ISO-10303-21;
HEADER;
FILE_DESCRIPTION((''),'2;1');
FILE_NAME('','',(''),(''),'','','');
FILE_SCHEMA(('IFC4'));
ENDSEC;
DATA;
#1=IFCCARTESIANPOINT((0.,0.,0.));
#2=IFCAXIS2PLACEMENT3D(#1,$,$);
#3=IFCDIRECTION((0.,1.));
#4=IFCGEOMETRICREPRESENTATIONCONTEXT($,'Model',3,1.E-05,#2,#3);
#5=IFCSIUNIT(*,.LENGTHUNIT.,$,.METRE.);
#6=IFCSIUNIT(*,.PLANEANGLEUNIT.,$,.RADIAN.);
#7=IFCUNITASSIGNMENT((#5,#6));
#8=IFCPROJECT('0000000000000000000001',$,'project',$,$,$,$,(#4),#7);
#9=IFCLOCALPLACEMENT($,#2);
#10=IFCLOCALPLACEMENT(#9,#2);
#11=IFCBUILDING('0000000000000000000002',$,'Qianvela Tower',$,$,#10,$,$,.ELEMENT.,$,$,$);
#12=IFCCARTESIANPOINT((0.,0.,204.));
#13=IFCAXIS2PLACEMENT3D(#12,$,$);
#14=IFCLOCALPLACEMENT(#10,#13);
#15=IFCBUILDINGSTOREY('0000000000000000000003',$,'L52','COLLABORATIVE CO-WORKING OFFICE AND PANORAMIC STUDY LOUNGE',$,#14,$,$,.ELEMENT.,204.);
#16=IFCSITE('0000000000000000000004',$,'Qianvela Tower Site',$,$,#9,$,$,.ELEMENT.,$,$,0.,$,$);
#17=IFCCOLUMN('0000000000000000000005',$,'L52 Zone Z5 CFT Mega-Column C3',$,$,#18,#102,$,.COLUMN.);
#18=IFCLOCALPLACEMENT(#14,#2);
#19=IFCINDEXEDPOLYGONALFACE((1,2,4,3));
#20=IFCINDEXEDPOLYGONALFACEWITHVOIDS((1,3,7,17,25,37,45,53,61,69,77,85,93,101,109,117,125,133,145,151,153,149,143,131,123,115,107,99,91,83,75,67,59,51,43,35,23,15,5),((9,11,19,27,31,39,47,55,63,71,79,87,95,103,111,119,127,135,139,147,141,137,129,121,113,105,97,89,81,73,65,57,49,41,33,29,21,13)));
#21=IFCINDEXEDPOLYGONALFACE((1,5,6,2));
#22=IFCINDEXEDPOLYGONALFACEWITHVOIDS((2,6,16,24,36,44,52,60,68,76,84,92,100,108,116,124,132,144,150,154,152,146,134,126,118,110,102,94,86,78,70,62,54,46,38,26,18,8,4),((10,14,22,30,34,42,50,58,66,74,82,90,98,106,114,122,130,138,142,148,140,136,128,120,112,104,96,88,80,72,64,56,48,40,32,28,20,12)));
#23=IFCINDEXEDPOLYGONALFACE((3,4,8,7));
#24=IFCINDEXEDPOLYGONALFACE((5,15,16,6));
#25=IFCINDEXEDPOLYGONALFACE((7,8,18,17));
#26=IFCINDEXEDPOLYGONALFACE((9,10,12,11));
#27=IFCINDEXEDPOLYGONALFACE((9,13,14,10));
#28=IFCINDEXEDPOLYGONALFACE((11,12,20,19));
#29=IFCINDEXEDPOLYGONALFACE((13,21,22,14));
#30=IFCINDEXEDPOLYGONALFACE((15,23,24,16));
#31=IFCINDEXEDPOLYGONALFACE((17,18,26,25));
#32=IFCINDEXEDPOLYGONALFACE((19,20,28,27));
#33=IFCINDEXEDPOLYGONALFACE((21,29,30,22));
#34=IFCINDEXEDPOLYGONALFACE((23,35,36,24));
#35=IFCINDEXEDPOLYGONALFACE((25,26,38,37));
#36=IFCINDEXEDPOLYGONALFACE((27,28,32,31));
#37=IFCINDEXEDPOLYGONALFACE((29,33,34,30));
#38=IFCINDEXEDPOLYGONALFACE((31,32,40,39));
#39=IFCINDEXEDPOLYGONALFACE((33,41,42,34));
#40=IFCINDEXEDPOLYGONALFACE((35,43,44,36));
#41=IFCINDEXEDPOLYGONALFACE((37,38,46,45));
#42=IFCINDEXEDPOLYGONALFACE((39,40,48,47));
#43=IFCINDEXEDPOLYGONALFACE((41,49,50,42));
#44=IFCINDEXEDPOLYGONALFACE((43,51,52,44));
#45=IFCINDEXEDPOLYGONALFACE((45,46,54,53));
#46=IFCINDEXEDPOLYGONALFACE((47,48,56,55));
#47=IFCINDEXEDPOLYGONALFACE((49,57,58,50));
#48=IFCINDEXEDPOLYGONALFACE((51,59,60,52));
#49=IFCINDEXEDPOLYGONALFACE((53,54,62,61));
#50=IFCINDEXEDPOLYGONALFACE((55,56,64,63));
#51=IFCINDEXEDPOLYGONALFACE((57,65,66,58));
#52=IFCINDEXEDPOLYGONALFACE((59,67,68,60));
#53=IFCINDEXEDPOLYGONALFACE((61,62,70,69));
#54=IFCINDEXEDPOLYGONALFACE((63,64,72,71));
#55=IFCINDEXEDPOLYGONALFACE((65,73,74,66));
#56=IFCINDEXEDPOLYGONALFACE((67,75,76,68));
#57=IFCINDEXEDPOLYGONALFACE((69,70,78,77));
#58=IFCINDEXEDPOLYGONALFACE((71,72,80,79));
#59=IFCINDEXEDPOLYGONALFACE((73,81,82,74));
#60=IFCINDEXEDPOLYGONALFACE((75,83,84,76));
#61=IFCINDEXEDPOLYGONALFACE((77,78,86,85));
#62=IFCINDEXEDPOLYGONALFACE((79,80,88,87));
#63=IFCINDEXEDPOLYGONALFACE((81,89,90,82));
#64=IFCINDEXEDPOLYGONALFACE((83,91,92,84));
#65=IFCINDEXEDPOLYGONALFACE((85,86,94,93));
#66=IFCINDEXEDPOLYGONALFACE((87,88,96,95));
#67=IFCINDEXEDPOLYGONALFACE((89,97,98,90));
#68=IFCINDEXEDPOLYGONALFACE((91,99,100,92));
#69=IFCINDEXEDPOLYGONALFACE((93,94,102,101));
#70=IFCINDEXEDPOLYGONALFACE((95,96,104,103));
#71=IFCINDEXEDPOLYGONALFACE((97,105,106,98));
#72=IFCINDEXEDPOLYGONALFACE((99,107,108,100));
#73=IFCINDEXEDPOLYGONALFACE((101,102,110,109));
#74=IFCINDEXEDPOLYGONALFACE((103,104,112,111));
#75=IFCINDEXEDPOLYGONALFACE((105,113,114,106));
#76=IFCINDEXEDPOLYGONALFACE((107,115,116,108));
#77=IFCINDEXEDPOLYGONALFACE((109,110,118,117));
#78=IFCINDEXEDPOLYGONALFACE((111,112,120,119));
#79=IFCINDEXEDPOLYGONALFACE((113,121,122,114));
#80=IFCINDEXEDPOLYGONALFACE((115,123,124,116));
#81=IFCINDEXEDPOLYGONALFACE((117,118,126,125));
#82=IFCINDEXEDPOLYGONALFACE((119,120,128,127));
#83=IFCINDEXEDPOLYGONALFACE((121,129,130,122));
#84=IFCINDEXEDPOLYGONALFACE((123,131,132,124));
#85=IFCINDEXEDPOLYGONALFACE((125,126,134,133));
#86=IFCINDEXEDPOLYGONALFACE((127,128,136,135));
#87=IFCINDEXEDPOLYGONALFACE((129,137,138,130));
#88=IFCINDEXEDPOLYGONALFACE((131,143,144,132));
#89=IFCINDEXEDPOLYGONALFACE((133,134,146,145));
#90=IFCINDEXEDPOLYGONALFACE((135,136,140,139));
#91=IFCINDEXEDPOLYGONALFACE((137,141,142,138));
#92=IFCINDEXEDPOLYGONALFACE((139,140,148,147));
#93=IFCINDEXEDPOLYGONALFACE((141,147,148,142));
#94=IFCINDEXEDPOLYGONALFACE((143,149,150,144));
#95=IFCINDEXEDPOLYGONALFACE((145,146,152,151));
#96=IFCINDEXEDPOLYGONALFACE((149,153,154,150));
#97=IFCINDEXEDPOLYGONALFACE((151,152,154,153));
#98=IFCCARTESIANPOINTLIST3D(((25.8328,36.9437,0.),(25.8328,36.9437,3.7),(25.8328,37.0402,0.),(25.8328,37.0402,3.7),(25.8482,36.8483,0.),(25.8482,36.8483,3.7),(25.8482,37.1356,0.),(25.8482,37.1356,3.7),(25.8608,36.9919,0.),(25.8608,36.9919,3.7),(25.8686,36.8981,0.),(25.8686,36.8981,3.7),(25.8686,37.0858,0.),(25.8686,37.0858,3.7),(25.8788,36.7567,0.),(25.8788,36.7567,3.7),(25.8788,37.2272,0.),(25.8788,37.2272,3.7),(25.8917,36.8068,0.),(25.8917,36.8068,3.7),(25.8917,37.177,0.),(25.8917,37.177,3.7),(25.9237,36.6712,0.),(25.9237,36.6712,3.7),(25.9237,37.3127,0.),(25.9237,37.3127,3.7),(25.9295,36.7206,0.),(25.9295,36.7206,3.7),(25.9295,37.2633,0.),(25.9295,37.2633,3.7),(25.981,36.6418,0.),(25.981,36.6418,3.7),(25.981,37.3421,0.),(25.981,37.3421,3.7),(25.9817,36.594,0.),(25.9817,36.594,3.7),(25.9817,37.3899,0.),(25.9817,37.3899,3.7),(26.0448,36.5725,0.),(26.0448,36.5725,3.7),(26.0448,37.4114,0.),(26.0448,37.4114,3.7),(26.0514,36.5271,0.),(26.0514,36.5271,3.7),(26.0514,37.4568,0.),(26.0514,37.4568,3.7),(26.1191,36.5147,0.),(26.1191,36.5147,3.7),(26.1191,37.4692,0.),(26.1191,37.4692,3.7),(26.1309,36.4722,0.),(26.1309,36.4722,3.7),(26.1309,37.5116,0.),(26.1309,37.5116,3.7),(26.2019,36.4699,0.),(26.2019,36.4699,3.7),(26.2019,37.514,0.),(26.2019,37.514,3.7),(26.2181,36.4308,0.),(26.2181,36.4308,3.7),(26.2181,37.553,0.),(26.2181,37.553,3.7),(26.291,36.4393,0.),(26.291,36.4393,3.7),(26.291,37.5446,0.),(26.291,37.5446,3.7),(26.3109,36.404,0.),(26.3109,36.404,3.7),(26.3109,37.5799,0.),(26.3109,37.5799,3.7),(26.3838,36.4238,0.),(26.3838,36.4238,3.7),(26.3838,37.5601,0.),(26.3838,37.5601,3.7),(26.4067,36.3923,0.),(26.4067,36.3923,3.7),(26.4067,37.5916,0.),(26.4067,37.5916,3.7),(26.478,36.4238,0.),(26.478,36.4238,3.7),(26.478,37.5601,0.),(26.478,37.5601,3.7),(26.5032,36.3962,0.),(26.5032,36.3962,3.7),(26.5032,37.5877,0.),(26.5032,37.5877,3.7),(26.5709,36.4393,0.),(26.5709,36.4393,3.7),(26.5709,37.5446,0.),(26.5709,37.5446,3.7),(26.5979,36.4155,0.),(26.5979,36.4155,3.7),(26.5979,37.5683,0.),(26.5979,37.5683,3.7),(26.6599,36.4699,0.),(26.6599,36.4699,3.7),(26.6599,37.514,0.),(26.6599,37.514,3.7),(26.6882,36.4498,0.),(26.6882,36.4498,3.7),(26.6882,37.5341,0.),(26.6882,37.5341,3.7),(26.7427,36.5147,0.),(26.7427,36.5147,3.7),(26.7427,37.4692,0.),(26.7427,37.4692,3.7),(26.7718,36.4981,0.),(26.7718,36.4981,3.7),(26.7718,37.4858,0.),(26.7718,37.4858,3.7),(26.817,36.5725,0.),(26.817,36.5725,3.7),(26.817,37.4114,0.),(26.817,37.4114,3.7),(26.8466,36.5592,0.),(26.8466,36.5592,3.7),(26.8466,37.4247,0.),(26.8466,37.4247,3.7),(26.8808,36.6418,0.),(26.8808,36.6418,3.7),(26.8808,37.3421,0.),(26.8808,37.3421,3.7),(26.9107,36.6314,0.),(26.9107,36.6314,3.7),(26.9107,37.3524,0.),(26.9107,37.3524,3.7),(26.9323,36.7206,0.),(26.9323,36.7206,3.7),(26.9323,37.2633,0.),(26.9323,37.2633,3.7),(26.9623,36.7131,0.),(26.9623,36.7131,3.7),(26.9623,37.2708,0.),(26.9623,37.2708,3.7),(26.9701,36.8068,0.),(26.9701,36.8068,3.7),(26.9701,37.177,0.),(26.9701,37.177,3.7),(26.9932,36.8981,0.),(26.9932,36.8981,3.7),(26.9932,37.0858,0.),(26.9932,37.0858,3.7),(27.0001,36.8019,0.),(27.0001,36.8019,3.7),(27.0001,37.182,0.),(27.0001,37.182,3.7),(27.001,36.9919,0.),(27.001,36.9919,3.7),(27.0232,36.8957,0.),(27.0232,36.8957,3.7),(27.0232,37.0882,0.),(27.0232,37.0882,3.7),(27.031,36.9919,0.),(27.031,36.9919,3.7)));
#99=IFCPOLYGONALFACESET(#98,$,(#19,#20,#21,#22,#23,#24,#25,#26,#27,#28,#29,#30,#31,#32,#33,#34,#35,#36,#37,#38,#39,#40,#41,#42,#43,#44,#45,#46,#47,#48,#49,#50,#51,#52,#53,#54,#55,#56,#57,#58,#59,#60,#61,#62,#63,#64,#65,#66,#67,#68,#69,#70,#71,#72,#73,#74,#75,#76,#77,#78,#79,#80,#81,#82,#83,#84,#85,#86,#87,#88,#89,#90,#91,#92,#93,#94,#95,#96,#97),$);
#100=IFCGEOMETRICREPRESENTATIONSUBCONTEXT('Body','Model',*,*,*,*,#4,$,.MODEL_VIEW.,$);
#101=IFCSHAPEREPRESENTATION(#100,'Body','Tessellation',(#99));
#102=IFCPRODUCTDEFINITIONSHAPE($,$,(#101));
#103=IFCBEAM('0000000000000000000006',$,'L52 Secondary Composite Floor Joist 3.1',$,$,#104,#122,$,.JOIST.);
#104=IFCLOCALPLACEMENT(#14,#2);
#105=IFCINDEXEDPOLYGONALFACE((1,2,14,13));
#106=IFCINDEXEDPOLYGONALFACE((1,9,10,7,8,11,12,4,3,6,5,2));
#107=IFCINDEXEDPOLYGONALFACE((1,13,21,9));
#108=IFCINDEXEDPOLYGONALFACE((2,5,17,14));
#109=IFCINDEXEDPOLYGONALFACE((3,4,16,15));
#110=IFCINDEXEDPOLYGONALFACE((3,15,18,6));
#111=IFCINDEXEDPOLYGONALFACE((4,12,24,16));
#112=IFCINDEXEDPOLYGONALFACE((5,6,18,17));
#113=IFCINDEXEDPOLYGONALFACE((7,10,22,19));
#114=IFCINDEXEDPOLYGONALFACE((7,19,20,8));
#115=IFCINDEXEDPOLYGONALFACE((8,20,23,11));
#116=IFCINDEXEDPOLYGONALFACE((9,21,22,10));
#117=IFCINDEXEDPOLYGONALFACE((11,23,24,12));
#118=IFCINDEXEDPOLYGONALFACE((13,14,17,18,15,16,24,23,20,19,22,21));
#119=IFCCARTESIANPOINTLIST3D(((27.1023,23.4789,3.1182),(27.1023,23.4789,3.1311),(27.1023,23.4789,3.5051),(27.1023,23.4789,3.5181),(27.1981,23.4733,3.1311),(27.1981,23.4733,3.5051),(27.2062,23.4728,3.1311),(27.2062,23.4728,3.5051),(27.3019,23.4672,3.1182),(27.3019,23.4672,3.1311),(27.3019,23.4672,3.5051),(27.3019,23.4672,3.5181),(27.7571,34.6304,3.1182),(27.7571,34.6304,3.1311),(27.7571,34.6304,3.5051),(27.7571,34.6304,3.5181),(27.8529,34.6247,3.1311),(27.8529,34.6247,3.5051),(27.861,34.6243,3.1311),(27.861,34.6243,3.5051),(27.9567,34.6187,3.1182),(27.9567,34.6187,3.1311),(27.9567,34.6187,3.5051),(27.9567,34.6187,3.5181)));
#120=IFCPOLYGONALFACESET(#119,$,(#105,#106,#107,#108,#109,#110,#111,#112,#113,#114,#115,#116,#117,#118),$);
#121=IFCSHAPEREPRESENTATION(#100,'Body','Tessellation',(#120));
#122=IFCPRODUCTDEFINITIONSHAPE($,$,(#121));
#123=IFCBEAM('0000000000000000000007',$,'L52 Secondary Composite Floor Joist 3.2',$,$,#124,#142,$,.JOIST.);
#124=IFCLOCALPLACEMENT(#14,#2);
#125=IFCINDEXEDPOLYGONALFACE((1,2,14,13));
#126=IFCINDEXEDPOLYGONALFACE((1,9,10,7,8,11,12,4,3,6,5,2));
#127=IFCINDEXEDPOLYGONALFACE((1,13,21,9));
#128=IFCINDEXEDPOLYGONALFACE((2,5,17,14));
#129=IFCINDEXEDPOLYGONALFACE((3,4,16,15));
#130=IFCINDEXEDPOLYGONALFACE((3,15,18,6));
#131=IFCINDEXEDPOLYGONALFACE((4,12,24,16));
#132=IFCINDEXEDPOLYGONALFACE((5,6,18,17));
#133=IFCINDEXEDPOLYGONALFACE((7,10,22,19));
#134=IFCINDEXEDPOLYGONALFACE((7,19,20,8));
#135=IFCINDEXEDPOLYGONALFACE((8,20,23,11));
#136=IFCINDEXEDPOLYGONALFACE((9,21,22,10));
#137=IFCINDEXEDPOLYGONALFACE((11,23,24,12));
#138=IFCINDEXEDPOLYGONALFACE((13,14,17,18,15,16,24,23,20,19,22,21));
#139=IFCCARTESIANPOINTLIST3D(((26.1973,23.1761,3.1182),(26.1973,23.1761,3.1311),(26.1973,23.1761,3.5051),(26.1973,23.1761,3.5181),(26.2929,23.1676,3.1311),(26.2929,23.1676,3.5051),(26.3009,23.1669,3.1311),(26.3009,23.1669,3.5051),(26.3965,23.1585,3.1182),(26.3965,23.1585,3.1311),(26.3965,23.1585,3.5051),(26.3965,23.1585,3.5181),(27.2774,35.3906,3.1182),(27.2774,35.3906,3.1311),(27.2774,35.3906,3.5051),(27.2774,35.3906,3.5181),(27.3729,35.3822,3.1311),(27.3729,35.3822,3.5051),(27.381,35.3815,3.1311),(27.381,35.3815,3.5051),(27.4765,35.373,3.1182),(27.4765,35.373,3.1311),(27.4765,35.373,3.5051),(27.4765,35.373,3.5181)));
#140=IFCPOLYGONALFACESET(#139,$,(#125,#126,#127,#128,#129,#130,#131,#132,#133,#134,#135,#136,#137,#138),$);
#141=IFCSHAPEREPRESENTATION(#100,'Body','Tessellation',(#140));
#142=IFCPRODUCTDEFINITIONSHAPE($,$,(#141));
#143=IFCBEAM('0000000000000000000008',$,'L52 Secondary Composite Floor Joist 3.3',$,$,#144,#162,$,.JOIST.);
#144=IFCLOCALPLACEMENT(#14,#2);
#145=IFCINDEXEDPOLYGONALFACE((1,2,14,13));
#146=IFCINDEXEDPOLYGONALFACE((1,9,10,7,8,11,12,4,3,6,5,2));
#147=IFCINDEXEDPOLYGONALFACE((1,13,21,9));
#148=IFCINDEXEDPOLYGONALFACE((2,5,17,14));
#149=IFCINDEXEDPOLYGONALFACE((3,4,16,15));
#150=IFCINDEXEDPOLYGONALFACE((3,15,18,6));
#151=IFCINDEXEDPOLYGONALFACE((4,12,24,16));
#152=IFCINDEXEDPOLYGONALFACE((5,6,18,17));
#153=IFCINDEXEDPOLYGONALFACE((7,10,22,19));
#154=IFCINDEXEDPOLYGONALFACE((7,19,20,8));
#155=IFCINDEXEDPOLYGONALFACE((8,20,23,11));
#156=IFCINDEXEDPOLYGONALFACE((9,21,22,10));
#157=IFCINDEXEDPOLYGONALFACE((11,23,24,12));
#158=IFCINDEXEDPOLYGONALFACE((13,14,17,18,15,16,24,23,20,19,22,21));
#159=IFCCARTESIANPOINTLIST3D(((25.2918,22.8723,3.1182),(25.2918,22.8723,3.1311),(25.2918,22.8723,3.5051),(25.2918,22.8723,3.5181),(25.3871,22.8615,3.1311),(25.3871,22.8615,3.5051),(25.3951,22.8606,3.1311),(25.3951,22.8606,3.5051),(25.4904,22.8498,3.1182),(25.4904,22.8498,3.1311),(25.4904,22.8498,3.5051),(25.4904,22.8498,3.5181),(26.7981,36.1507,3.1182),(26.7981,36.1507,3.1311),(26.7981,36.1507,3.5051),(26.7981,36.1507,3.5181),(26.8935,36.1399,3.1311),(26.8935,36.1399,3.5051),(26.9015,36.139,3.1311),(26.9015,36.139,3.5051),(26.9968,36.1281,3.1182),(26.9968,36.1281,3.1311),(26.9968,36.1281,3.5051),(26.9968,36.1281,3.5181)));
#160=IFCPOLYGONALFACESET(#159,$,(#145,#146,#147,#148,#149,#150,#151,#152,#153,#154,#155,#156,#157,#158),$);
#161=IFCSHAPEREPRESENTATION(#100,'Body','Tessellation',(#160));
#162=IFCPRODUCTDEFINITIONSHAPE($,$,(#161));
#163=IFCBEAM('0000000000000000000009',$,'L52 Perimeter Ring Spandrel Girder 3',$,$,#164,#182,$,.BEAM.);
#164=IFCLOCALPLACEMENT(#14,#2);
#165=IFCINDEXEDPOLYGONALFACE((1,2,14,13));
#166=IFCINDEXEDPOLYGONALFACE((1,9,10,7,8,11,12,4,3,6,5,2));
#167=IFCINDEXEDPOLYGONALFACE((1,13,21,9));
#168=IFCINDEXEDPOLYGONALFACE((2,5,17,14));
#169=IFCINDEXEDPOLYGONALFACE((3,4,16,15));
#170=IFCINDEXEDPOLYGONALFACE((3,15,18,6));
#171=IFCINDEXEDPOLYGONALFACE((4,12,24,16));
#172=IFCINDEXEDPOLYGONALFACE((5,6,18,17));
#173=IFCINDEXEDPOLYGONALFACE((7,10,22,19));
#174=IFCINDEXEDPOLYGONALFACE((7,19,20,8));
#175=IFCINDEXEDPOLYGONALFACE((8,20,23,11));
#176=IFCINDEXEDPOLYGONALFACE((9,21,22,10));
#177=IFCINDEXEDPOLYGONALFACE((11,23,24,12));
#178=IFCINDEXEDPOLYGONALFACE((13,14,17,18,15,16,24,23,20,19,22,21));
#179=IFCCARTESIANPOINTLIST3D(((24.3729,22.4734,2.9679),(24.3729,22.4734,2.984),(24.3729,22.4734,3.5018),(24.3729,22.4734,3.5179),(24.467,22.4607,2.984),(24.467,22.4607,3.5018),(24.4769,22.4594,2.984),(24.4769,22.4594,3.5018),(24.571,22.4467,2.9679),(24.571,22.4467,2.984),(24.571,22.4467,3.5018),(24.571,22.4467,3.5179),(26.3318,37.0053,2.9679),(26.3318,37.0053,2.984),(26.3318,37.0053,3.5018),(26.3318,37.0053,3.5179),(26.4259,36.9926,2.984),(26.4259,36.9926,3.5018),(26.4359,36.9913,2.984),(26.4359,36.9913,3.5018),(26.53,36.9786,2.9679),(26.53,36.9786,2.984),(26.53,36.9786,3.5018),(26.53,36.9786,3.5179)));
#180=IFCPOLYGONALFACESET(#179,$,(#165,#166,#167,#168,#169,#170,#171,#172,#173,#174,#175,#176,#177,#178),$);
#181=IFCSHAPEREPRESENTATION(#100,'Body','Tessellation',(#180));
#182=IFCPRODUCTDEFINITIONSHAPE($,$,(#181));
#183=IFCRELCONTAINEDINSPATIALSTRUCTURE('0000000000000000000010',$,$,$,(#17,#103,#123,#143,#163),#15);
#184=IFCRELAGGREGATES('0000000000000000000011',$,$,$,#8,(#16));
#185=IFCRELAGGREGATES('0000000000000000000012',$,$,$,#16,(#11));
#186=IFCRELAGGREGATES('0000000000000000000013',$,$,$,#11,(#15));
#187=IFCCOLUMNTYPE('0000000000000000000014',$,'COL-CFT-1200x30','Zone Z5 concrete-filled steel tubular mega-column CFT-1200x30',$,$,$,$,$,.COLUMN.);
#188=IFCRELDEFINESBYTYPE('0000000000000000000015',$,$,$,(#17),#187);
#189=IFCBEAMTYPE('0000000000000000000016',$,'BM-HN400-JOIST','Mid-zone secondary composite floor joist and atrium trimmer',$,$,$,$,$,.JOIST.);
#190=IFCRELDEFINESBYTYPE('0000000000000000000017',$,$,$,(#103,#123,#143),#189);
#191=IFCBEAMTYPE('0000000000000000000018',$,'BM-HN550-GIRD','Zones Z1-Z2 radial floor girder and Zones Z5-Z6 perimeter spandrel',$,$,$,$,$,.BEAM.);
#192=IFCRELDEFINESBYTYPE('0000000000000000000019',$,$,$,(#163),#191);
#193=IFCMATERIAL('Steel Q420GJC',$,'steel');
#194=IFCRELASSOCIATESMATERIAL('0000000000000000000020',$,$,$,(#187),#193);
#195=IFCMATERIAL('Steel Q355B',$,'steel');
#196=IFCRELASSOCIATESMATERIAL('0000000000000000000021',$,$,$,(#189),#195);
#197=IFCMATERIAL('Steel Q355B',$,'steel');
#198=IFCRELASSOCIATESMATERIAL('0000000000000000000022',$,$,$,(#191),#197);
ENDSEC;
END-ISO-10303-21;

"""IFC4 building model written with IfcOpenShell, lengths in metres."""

from ifc_helpers import new_model, si_unit, direction, frame, origin, origin_2d, place, context, subcontext, project, spatial, hollow_circle, i_section, extrude, material, material_profile, profile_set, type_object, element, save


model = new_model("IFC4")

# Units and contexts
model_context = context("Model", 3, precision=1e-05, world=origin(), true_north=direction((0.0, 1.0)))
body_context = subcontext(model_context, "Body", "Model", "MODEL_VIEW")
ifc_project = project(units=[si_unit("LENGTHUNIT", "METRE"), si_unit("PLANEANGLEUNIT", "RADIAN")], contexts=[model_context])

# Site, building, storey
site_placement = place(None, origin())
site = spatial("IfcSite", under=ifc_project, at=site_placement, Name="Qianvela Tower Site", CompositionType="ELEMENT", RefElevation=0.0)
building_placement = place(site_placement, origin())
building = spatial("IfcBuilding", under=site, at=building_placement, Name="Qianvela Tower", CompositionType="ELEMENT")
storey_placement = place(building_placement, frame((0.0, 0.0, 204.0)))
storey = spatial("IfcBuildingStorey", under=building, at=storey_placement, Name="L52", Description="COLLABORATIVE CO-WORKING OFFICE AND PANORAMIC STUDY LOUNGE", CompositionType="ELEMENT", Elevation=204.0)

# Column
ifc_material_1 = material(Name="Steel Q420GJC", Category="steel")
ifc_material_profile_1 = material_profile(ifc_material_1, hollow_circle(Radius=0.6001, WallThickness=0.03, at=origin_2d()), Name="CFT-1200x30")
ifc_profile_set_1 = profile_set([ifc_material_profile_1], Name="Steel Q420GJC")
column_type = type_object("IfcColumnType", Name="COL-CFT-1200x30", Description="Zone Z5 concrete-filled steel tubular mega-column CFT-1200x30", PredefinedType="COLUMN", material=ifc_profile_set_1)
column_placement = place(storey_placement, frame((26.4309, 36.9919, 0.0), z_axis=(0.0, 0.0, 1.0), x_axis=(1.0, 0.0, 0.0)))
element("IfcColumn", 1, at=column_placement, inside=storey, type_object=column_type, Name="L52 Zone Z5 CFT Mega-Column C3", PredefinedType="COLUMN", context=body_context, shape_type="SweptSolid", body=[
    extrude(hollow_circle(Radius=0.6001, WallThickness=0.03, at=origin_2d()), origin(), (0.0, 0.0, 1.0), 3.7),
])

# Beams
ifc_material_2 = material(Name="Steel Q355B", Category="steel")
ifc_material_profile_2 = material_profile(ifc_material_2, i_section(OverallWidth=0.2, OverallDepth=0.3999, WebThickness=0.0081, FlangeThickness=0.0129, at=origin_2d()), Name="HN400x200x8x13")
ifc_profile_set_2 = profile_set([ifc_material_profile_2], Name="Steel Q355B")
beam_type_1 = type_object("IfcBeamType", Name="BM-HN400-JOIST", Description="Mid-zone secondary composite floor joist and atrium trimmer", PredefinedType="JOIST", material=ifc_profile_set_2)
beam_1_placement = place(storey_placement, frame((27.8569, 34.6245, 3.3181), z_axis=(-0.058617, -0.998281, 0.0), x_axis=(0.998281, -0.058617, 0.0)))
element("IfcBeam", 2, at=beam_1_placement, inside=storey, type_object=beam_type_1, Name="L52 Secondary Composite Floor Joist 3.1", PredefinedType="JOIST", context=body_context, shape_type="SweptSolid", body=[
    extrude(i_section(OverallWidth=0.2, OverallDepth=0.3999, WebThickness=0.0081, FlangeThickness=0.0129, at=origin_2d()), origin(), (0.0, 0.0, 1.0), 11.1707),
])
beam_2_placement = place(storey_placement, frame((27.377, 35.3818, 3.3181), z_axis=(-0.088081, -0.996113, 0.0), x_axis=(0.996113, -0.088081, 0.0)))
element("IfcBeam", 3, at=beam_2_placement, inside=storey, type_object=beam_type_1, Name="L52 Secondary Composite Floor Joist 3.2", PredefinedType="JOIST", context=body_context, shape_type="SweptSolid", body=[
    extrude(i_section(OverallWidth=0.2, OverallDepth=0.3999, WebThickness=0.0081, FlangeThickness=0.0129, at=origin_2d()), origin(), (0.0, 0.0, 1.0), 12.2622),
])
beam_3_placement = place(storey_placement, frame((26.8975, 36.1394, 3.3181), z_axis=(-0.112721, -0.993627, 0.0), x_axis=(0.993627, -0.112721, 0.0)))
element("IfcBeam", 4, at=beam_3_placement, inside=storey, type_object=beam_type_1, Name="L52 Secondary Composite Floor Joist 3.3", PredefinedType="JOIST", context=body_context, shape_type="SweptSolid", body=[
    extrude(i_section(OverallWidth=0.2, OverallDepth=0.3999, WebThickness=0.0081, FlangeThickness=0.0129, at=origin_2d()), origin(), (0.0, 0.0, 1.0), 13.3635),
])
ifc_material_3 = material(Name="Steel Q355B", Category="steel")
ifc_material_profile_3 = material_profile(ifc_material_3, i_section(OverallWidth=0.2, OverallDepth=0.55, WebThickness=0.01, FlangeThickness=0.0161, at=origin_2d()), Name="HN550x200x10x16")
ifc_profile_set_3 = profile_set([ifc_material_profile_3], Name="Steel Q355B")
beam_type_2 = type_object("IfcBeamType", Name="BM-HN550-GIRD", Description="Zones Z1-Z2 radial floor girder and Zones Z5-Z6 perimeter spandrel", PredefinedType="BEAM", material=ifc_profile_set_3)
beam_4_placement = place(storey_placement, frame((26.4309, 36.9919, 3.2429), z_axis=(-0.133597, -0.991036, 0.0), x_axis=(0.991036, -0.133597, 0.0)))
element("IfcBeam", 5, at=beam_4_placement, inside=storey, type_object=beam_type_2, Name="L52 Perimeter Ring Spandrel Girder 3", PredefinedType="BEAM", context=body_context, shape_type="SweptSolid", body=[
    extrude(i_section(OverallWidth=0.2, OverallDepth=0.55, WebThickness=0.01, FlangeThickness=0.0161, at=origin_2d()), origin(), (0.0, 0.0, 1.0), 14.6633),
])

save(model, "model.ifc")
